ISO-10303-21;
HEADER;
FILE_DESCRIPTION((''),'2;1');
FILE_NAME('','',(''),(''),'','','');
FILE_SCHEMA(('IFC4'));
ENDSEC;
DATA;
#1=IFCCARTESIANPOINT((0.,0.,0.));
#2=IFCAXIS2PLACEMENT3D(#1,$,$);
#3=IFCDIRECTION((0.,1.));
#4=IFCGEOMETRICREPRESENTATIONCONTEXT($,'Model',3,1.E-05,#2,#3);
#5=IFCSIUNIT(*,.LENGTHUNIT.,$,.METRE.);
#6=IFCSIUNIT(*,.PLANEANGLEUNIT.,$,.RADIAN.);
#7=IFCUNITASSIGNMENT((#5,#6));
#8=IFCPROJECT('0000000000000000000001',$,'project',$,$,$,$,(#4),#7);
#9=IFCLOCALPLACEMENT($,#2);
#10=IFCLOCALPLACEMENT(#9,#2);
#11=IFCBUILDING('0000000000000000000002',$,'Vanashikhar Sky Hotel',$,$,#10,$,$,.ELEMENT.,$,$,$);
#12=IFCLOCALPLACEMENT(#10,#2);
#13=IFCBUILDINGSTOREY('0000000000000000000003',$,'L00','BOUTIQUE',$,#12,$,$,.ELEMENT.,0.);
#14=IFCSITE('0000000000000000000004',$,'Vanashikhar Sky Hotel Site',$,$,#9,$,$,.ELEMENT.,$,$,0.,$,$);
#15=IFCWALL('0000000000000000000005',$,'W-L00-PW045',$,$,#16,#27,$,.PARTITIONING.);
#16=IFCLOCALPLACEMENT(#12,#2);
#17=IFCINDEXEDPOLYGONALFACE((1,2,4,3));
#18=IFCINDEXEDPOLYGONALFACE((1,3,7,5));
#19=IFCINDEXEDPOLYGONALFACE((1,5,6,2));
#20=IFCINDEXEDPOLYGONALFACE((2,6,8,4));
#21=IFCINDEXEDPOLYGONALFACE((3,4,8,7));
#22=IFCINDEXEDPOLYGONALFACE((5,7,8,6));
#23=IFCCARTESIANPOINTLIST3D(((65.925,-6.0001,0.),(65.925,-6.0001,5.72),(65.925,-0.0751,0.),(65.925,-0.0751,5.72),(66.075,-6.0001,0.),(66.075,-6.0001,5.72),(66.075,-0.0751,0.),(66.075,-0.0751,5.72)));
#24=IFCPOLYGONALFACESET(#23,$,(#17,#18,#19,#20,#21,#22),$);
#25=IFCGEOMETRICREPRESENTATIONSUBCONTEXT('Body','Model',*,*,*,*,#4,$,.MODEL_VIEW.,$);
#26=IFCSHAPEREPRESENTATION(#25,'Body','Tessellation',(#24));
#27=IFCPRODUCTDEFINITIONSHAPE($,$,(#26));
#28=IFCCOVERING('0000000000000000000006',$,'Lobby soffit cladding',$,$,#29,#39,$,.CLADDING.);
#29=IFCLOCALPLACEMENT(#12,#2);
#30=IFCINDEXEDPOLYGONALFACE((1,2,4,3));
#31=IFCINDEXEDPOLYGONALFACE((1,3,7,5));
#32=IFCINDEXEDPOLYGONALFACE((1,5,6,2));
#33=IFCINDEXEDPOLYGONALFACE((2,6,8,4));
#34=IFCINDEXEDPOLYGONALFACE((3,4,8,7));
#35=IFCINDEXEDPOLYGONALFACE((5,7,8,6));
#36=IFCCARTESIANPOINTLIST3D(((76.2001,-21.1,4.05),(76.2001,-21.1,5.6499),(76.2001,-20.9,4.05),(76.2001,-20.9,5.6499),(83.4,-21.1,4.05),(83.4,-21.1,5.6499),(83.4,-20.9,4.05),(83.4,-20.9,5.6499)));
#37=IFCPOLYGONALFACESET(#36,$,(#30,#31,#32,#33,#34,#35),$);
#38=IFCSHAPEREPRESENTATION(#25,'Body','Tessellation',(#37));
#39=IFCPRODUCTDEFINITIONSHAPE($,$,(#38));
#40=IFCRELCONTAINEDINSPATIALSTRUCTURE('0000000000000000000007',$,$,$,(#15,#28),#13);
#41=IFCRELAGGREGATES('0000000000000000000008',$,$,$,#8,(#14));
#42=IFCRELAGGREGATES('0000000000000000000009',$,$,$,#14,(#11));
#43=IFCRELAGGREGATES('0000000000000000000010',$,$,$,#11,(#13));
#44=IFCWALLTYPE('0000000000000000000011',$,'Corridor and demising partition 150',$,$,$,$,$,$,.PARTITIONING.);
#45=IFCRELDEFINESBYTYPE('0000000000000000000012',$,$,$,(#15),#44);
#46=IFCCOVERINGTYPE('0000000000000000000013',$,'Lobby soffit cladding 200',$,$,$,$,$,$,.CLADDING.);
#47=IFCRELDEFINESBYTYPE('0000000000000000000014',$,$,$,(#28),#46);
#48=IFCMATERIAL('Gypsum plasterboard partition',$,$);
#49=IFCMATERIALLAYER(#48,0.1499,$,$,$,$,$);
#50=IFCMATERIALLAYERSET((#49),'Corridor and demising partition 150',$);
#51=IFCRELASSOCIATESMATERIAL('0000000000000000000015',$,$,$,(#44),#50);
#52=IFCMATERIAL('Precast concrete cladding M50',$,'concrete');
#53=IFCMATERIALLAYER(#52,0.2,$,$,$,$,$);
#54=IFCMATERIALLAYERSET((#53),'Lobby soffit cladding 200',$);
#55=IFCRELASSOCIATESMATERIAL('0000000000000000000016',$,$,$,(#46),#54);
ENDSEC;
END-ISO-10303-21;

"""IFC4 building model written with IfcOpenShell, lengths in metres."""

from ifc_helpers import new_model, si_unit, direction, frame, frame_2d, origin, place, context, subcontext, project, spatial, rectangle, extrude, source, transform, mapped, material, layer, layer_set, type_object, element, save


model = new_model("IFC4")

# Units and contexts
model_context = context("Model", 3, precision=1e-05, world=origin(), true_north=direction((0.0, 1.0)))
body_context = subcontext(model_context, "Body", "Model", "MODEL_VIEW")
ifc_project = project(units=[si_unit("LENGTHUNIT", "METRE"), si_unit("PLANEANGLEUNIT", "RADIAN")], contexts=[model_context])

# Site, building, storey
site_placement = place(None, origin())
site = spatial("IfcSite", under=ifc_project, at=site_placement, Name="Vanashikhar Sky Hotel Site", CompositionType="ELEMENT", RefElevation=0.0)
building_placement = place(site_placement, origin())
building = spatial("IfcBuilding", under=site, at=building_placement, Name="Vanashikhar Sky Hotel", CompositionType="ELEMENT")
storey_placement = place(building_placement, origin())
storey = spatial("IfcBuildingStorey", under=building, at=storey_placement, Name="L00", Description="BOUTIQUE", CompositionType="ELEMENT", Elevation=0.0)

# Wall
ifc_material_1 = material(Name="Gypsum plasterboard partition")
ifc_layer_1 = layer(ifc_material_1, 0.1499)
ifc_layer_set_1 = layer_set([ifc_layer_1], Name="Corridor and demising partition 150")
wall_type = type_object("IfcWallType", Name="Corridor and demising partition 150", PredefinedType="PARTITIONING", material=ifc_layer_set_1)
shared_shape_1 = source(origin(), body_context, "Body", "SweptSolid", [
    extrude(rectangle(XDim=5.925, YDim=0.1499, at=frame_2d((2.9624, 0.0))), origin(), (0.0, 0.0, 1.0), 5.72),
])
wall_placement = place(storey_placement, frame((66.0, -6.0, 0.0), z_axis=(0.0, 0.0, 1.0), x_axis=(0.0, 1.0, 0.0)))
element("IfcWall", 1, at=wall_placement, inside=storey, type_object=wall_type, Name="W-L00-PW045", PredefinedType="PARTITIONING", context=body_context, shape_type="MappedRepresentation", body=[
    mapped(shared_shape_1, transform((0.0, 0.0, 0.0), scale=1.0)),
])

# Covering
ifc_material_2 = material(Name="Precast concrete cladding M50", Category="concrete")
ifc_layer_2 = layer(ifc_material_2, 0.2)
ifc_layer_set_2 = layer_set([ifc_layer_2], Name="Lobby soffit cladding 200")
covering_type = type_object("IfcCoveringType", Name="Lobby soffit cladding 200", PredefinedType="CLADDING", material=ifc_layer_set_2)
shared_shape_2 = source(origin(), body_context, "Body", "SweptSolid", [
    extrude(rectangle(XDim=7.2, YDim=0.2, at=frame_2d((3.6001, 0.0))), origin(), (0.0, 0.0, 1.0), 1.5999),
])
covering_placement = place(storey_placement, frame((76.2, -21.0, 4.05), z_axis=(0.0, 0.0, 1.0), x_axis=(1.0, 0.0, 0.0)))
element("IfcCovering", 2, at=covering_placement, inside=storey, type_object=covering_type, Name="Lobby soffit cladding", PredefinedType="CLADDING", context=body_context, shape_type="MappedRepresentation", body=[
    mapped(shared_shape_2, transform((0.0, 0.0, 0.0), scale=1.0)),
])

save(model, "model.ifc")
